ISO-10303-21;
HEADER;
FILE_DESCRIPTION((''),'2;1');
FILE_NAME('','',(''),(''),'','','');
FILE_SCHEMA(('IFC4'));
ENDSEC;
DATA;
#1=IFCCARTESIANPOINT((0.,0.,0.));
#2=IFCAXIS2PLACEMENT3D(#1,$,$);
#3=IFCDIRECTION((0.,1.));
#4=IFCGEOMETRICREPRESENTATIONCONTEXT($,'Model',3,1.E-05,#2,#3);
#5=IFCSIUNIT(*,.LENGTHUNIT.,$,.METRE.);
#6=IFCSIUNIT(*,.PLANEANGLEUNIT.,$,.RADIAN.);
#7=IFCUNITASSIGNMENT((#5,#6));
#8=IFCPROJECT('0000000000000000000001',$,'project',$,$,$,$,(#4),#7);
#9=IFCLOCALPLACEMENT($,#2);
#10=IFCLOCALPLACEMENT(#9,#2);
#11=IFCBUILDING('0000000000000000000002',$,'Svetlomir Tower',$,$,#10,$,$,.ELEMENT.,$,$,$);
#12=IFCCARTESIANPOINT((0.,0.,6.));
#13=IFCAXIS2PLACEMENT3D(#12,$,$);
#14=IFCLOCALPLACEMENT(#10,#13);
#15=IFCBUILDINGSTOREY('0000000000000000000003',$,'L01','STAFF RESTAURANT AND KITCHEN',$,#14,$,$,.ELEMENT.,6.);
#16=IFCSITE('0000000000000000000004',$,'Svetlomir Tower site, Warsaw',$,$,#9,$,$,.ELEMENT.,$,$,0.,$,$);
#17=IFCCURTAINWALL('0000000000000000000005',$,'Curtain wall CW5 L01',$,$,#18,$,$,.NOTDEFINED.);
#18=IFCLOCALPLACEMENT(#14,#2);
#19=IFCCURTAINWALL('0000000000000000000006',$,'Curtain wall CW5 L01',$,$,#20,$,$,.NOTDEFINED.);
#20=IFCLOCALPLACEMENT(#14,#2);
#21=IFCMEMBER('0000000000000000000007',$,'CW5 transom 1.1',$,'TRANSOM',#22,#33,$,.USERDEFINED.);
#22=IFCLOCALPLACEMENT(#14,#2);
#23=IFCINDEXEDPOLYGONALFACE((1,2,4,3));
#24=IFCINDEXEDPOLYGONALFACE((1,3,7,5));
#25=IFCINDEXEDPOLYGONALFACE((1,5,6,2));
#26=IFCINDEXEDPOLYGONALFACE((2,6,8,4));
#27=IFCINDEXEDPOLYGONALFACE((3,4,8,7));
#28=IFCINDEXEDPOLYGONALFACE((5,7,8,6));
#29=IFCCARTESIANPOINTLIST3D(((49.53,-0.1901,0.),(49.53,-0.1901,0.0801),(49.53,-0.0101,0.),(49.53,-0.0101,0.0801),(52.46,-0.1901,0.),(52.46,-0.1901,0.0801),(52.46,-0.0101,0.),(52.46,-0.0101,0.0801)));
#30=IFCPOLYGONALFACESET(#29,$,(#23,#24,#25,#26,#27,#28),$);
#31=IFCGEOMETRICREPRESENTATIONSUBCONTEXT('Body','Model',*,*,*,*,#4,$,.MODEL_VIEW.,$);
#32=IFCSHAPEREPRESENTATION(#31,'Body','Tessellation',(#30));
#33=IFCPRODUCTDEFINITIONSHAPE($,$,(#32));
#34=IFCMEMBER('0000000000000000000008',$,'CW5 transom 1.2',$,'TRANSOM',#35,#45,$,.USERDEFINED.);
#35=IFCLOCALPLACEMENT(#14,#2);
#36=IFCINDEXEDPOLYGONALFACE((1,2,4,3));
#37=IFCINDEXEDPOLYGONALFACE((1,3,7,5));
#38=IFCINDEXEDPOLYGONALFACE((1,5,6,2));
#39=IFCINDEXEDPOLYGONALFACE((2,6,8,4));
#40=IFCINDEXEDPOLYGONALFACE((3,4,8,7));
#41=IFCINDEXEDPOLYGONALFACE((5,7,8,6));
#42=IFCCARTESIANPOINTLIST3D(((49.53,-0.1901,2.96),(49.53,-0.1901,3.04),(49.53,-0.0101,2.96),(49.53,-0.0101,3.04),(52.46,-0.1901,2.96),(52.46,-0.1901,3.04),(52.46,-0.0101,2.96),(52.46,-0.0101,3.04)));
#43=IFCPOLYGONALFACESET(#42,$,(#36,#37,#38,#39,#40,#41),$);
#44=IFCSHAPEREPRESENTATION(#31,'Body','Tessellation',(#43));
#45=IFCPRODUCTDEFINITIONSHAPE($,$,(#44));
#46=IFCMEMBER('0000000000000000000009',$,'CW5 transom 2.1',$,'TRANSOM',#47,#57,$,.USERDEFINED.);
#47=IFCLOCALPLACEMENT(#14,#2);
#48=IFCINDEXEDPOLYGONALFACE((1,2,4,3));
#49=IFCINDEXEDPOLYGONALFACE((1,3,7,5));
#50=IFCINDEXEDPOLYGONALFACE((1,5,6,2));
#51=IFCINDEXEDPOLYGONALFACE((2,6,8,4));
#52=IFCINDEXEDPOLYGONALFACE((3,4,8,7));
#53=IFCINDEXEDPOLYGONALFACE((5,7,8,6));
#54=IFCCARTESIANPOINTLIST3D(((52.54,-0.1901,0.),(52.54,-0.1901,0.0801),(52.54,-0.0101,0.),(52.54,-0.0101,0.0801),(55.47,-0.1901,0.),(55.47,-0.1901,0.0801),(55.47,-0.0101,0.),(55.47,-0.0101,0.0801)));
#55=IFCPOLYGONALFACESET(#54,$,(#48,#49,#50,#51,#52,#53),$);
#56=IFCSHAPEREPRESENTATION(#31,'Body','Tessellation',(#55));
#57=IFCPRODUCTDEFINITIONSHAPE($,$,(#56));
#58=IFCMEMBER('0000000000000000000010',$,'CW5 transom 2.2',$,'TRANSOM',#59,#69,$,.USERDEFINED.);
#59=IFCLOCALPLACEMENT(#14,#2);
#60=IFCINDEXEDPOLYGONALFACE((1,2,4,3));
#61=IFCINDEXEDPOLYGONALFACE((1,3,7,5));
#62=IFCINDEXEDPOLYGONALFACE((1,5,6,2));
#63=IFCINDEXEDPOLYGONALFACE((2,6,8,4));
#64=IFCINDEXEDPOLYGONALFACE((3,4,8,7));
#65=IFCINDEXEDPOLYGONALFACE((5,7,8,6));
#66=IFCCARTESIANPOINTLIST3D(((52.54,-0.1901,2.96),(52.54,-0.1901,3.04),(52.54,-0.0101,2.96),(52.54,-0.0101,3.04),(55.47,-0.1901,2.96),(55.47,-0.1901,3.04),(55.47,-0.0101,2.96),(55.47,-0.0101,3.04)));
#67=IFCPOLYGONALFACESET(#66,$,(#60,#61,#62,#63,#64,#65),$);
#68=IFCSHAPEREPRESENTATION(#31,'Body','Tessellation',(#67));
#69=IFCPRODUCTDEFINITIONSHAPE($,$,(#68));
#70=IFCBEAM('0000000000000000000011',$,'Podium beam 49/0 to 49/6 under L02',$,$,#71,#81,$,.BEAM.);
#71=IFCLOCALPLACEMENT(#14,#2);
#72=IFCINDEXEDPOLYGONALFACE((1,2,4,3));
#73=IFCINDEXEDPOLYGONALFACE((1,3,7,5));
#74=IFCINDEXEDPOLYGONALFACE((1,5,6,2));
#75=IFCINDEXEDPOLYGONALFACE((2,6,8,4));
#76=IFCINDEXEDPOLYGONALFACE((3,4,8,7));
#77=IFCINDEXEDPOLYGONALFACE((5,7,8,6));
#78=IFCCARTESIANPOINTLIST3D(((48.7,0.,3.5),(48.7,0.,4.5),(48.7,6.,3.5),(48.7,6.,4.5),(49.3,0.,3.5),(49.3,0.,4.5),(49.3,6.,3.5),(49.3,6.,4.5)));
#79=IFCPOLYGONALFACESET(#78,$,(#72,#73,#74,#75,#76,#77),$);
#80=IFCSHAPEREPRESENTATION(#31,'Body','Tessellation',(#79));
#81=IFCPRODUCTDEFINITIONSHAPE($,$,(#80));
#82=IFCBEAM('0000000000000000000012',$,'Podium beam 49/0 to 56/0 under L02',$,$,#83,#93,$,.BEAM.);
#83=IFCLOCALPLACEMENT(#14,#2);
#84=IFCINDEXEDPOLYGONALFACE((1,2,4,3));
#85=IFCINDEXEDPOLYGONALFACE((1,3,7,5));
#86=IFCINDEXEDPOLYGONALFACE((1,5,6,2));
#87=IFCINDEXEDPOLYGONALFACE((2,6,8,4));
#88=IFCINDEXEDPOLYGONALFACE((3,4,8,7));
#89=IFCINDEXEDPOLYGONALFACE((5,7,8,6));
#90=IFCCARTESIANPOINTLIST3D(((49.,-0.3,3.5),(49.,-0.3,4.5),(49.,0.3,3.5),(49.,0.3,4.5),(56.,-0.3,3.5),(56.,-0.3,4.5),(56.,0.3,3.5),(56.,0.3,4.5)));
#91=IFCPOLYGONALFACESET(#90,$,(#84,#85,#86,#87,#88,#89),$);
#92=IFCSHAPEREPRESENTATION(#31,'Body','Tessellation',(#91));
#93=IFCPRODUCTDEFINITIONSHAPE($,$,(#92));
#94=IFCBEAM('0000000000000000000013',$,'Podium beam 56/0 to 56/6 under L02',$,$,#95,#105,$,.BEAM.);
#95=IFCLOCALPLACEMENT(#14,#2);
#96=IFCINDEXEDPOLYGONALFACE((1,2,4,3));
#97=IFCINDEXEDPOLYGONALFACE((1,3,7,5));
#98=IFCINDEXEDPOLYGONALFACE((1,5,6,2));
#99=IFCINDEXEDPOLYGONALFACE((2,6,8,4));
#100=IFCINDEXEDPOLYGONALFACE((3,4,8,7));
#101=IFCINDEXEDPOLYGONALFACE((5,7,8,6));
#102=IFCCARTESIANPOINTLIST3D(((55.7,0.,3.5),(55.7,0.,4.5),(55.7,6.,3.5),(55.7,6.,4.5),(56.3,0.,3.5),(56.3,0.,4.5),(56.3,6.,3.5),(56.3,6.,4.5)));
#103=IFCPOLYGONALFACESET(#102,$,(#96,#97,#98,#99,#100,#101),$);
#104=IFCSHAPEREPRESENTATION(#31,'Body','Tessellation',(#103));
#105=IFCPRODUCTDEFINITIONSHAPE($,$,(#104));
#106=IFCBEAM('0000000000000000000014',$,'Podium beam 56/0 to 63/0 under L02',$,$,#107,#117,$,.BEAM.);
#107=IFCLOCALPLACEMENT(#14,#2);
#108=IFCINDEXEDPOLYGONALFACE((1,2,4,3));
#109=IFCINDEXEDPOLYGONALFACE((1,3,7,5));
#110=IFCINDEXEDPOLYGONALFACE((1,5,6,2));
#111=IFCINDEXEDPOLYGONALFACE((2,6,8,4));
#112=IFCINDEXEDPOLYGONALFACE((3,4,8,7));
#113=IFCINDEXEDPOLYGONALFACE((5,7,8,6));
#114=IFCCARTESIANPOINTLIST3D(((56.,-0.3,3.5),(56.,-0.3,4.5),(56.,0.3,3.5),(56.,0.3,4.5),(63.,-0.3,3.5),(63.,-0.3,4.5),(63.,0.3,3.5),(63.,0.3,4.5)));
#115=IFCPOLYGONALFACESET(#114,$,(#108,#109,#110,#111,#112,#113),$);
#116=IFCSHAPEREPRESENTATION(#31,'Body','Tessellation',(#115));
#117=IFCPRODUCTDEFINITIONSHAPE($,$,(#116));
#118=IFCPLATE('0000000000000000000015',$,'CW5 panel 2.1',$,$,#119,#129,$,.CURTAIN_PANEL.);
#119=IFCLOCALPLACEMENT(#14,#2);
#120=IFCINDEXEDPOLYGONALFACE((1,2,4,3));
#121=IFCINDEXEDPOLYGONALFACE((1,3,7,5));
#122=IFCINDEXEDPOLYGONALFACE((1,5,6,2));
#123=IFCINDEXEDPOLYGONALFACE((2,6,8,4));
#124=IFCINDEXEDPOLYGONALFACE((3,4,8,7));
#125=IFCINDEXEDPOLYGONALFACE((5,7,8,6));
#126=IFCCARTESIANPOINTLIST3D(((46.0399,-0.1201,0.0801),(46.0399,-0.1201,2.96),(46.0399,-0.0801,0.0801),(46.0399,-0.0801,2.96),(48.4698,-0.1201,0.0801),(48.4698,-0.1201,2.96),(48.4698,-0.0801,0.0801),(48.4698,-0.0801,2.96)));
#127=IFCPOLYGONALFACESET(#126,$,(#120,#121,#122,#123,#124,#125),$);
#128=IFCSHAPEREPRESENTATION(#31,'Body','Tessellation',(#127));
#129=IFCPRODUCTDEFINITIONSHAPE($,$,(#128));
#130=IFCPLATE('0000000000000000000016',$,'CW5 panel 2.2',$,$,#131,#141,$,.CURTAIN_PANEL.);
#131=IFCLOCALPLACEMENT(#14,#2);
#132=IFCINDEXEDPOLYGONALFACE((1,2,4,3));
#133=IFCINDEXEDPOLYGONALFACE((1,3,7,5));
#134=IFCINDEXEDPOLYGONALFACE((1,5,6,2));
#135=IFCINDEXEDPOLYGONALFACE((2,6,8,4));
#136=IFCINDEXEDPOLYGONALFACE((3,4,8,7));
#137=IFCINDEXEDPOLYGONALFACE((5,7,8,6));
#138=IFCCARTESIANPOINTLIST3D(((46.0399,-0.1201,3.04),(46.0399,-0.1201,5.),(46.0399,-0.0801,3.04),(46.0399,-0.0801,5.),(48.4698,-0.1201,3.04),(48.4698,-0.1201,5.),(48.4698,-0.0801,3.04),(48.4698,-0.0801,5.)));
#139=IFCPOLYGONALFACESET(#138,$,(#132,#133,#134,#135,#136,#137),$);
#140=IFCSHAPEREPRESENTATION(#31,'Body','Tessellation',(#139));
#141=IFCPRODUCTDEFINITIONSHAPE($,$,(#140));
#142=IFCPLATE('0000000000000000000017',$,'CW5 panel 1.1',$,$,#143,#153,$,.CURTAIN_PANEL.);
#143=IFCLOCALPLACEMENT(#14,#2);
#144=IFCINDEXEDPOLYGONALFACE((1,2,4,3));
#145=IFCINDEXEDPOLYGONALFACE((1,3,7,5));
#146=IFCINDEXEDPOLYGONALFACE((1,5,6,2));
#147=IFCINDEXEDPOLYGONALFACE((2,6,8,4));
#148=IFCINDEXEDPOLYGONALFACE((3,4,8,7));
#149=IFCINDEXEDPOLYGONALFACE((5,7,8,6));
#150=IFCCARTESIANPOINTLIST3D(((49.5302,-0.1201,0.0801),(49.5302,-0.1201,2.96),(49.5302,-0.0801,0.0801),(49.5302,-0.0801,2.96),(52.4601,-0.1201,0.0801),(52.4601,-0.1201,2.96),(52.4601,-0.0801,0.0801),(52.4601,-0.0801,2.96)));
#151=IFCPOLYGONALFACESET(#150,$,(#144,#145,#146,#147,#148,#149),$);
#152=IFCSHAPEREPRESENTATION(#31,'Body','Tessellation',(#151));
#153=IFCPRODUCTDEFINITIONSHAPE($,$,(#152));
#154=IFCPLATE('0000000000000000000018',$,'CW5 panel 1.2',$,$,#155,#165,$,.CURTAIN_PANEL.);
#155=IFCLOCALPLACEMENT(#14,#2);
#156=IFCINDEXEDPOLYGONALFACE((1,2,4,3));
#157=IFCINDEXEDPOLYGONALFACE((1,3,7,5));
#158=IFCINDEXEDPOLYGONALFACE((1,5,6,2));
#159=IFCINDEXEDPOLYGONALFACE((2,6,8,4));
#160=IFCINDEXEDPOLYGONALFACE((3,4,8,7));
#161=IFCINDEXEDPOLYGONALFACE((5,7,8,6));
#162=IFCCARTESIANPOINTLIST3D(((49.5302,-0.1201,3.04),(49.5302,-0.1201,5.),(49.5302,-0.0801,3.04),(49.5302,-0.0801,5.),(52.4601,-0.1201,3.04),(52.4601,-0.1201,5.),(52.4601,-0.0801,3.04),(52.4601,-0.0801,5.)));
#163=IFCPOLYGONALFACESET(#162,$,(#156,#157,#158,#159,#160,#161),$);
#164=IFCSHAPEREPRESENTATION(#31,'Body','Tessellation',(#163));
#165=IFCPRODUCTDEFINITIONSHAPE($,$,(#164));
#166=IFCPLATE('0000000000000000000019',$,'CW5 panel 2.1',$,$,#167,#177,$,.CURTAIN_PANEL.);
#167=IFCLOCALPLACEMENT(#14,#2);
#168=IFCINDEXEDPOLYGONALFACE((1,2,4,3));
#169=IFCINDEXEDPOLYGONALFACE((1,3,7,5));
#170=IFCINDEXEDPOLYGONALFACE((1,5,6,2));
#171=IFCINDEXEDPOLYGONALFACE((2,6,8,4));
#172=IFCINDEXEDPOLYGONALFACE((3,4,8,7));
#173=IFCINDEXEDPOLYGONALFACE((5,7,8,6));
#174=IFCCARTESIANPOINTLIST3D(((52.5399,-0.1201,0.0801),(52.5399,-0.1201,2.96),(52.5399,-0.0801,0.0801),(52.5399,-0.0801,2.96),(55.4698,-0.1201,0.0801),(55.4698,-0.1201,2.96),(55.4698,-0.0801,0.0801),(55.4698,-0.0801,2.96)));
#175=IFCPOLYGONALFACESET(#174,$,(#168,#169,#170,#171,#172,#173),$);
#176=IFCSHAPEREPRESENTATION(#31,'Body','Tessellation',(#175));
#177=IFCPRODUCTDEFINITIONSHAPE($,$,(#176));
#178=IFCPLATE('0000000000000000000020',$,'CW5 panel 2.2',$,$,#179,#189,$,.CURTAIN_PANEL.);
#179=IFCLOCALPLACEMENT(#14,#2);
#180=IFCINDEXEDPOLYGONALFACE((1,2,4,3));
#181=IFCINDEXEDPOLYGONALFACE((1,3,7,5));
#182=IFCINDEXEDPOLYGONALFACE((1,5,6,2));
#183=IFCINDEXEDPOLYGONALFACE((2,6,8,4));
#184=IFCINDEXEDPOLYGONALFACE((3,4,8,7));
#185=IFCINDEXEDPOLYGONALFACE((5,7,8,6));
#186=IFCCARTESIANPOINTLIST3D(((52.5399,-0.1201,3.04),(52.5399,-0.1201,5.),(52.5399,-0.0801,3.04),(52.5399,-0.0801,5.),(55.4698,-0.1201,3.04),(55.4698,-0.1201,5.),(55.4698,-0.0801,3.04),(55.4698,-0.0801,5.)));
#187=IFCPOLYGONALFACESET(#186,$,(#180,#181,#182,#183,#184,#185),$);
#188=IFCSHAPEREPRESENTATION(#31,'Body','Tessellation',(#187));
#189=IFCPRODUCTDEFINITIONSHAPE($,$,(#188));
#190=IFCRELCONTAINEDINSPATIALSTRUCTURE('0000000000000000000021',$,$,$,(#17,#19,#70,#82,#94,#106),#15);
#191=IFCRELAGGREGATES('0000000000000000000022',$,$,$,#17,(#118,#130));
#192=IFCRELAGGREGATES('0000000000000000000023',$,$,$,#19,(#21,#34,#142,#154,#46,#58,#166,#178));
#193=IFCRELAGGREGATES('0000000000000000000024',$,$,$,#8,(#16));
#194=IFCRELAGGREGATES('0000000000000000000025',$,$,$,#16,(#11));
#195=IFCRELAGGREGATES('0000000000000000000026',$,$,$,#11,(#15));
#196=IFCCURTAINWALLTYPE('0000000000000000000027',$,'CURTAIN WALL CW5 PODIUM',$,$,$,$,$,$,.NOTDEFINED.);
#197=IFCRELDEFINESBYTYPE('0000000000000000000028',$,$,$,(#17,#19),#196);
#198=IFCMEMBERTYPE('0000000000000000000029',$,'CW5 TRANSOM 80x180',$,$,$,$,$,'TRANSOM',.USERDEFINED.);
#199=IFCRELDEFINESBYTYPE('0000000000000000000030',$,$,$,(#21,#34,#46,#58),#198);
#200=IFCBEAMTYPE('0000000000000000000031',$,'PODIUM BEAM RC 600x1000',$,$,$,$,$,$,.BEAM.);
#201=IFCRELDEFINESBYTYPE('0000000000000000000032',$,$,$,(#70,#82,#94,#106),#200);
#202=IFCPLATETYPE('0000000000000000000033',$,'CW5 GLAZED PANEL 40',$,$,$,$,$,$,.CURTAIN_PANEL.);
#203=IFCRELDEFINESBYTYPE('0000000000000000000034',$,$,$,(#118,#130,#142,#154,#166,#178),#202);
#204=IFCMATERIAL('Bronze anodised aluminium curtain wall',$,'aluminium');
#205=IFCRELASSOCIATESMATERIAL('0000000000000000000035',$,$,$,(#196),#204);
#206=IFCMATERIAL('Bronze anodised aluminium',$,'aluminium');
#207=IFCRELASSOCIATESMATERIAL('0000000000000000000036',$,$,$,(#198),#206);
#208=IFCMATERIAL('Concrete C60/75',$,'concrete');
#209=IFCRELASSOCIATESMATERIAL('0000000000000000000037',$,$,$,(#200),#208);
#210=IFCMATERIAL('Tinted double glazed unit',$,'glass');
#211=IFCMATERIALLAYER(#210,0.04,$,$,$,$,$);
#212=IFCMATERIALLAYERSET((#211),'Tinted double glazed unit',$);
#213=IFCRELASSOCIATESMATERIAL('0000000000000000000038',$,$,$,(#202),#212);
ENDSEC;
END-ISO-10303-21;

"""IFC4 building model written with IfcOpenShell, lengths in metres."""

from ifc_helpers import new_model, si_unit, direction, frame, origin, origin_2d, place, context, subcontext, project, spatial, rectangle, extrude, material, layer, layer_set, material_profile, profile_set, type_object, element, aggregate, save


model = new_model("IFC4")

# Units and contexts
model_context = context("Model", 3, precision=1e-05, world=origin(), true_north=direction((0.0, 1.0)))
body_context = subcontext(model_context, "Body", "Model", "MODEL_VIEW")
ifc_project = project(units=[si_unit("LENGTHUNIT", "METRE"), si_unit("PLANEANGLEUNIT", "RADIAN")], contexts=[model_context])

# Site, building, storey
site_placement = place(None, origin())
site = spatial("IfcSite", under=ifc_project, at=site_placement, Name="Svetlomir Tower site, Warsaw", CompositionType="ELEMENT", RefElevation=0.0)
building_placement = place(site_placement, origin())
building = spatial("IfcBuilding", under=site, at=building_placement, Name="Svetlomir Tower", CompositionType="ELEMENT")
storey_placement = place(building_placement, frame((0.0, 0.0, 6.0)))
storey = spatial("IfcBuildingStorey", under=building, at=storey_placement, Name="L01", Description="STAFF RESTAURANT AND KITCHEN", CompositionType="ELEMENT", Elevation=6.0)

# Curtain walls
ifc_material_1 = material(Name="Bronze anodised aluminium curtain wall", Category="aluminium")
curtain_wall_type = type_object("IfcCurtainWallType", Name="CURTAIN WALL CW5 PODIUM", PredefinedType="NOTDEFINED", material=ifc_material_1)
curtain_wall_1_placement = place(storey_placement, origin())
curtain_wall_1 = element("IfcCurtainWall", 1, at=curtain_wall_1_placement, inside=storey, type_object=curtain_wall_type, Name="Curtain wall CW5 L01", PredefinedType="NOTDEFINED")
curtain_wall_2_placement = place(storey_placement, origin())
curtain_wall_2 = element("IfcCurtainWall", 2, at=curtain_wall_2_placement, inside=storey, type_object=curtain_wall_type, Name="Curtain wall CW5 L01", PredefinedType="NOTDEFINED")

# Members
ifc_material_2 = material(Name="Bronze anodised aluminium", Category="aluminium")
ifc_material_profile_1 = material_profile(ifc_material_2, rectangle(XDim=0.1799, YDim=0.0801, at=origin_2d()), Name="AL 180x80")
ifc_profile_set_1 = profile_set([ifc_material_profile_1], Name="Bronze anodised aluminium 6063-T6")
member_type_1 = type_object("IfcMemberType", Name="CW5 TRANSOM 80x180", ElementType="TRANSOM", PredefinedType="USERDEFINED", material=ifc_profile_set_1)
member_1_placement = place(storey_placement, frame((49.53, -0.1001, 0.04), z_axis=(1.0, 0.0, 0.0), x_axis=(0.0, 1.0, 0.0)))
member_1 = element("IfcMember", 3, at=member_1_placement, type_object=member_type_1, Name="CW5 transom 1.1", ObjectType="TRANSOM", PredefinedType="USERDEFINED", context=body_context, shape_type="SweptSolid", body=[
    extrude(rectangle(XDim=0.1799, YDim=0.0801, at=origin_2d()), origin(), (0.0, 0.0, 1.0), 2.9299),
])
member_2_placement = place(storey_placement, frame((49.53, -0.1001, 3.0), z_axis=(1.0, 0.0, 0.0), x_axis=(0.0, 1.0, 0.0)))
member_2 = element("IfcMember", 4, at=member_2_placement, type_object=member_type_1, Name="CW5 transom 1.2", ObjectType="TRANSOM", PredefinedType="USERDEFINED", context=body_context, shape_type="SweptSolid", body=[
    extrude(rectangle(XDim=0.1799, YDim=0.0801, at=origin_2d()), origin(), (0.0, 0.0, 1.0), 2.9299),
])
member_3_placement = place(storey_placement, frame((52.54, -0.1001, 0.04), z_axis=(1.0, 0.0, 0.0), x_axis=(0.0, 1.0, 0.0)))
member_3 = element("IfcMember", 5, at=member_3_placement, type_object=member_type_1, Name="CW5 transom 2.1", ObjectType="TRANSOM", PredefinedType="USERDEFINED", context=body_context, shape_type="SweptSolid", body=[
    extrude(rectangle(XDim=0.1799, YDim=0.0801, at=origin_2d()), origin(), (0.0, 0.0, 1.0), 2.9299),
])
member_4_placement = place(storey_placement, frame((52.54, -0.1001, 3.0), z_axis=(1.0, 0.0, 0.0), x_axis=(0.0, 1.0, 0.0)))
member_4 = element("IfcMember", 6, at=member_4_placement, type_object=member_type_1, Name="CW5 transom 2.2", ObjectType="TRANSOM", PredefinedType="USERDEFINED", context=body_context, shape_type="SweptSolid", body=[
    extrude(rectangle(XDim=0.1799, YDim=0.0801, at=origin_2d()), origin(), (0.0, 0.0, 1.0), 2.9299),
])

# Beams
ifc_material_3 = material(Name="Concrete C60/75", Category="concrete")
ifc_material_profile_2 = material_profile(ifc_material_3, rectangle(XDim=0.6001, YDim=1.0, at=origin_2d()), Name="RC 600x1000")
ifc_profile_set_2 = profile_set([ifc_material_profile_2], Name="Concrete C60/75")
beam_type = type_object("IfcBeamType", Name="PODIUM BEAM RC 600x1000", PredefinedType="BEAM", material=ifc_profile_set_2)
beam_1_placement = place(storey_placement, frame((49.0, 0.0, 4.0), z_axis=(0.0, 1.0, 0.0), x_axis=(-1.0, 0.0, 0.0)))
element("IfcBeam", 7, at=beam_1_placement, inside=storey, type_object=beam_type, Name="Podium beam 49/0 to 49/6 under L02", PredefinedType="BEAM", context=body_context, shape_type="SweptSolid", body=[
    extrude(rectangle(XDim=0.6001, YDim=1.0, at=origin_2d()), origin(), (0.0, 0.0, 1.0), 6.0),
])
beam_2_placement = place(storey_placement, frame((49.0, 0.0, 4.0), z_axis=(1.0, 0.0, 0.0), x_axis=(0.0, 1.0, 0.0)))
element("IfcBeam", 8, at=beam_2_placement, inside=storey, type_object=beam_type, Name="Podium beam 49/0 to 56/0 under L02", PredefinedType="BEAM", context=body_context, shape_type="SweptSolid", body=[
    extrude(rectangle(XDim=0.6001, YDim=1.0, at=origin_2d()), origin(), (0.0, 0.0, 1.0), 7.0),
])
beam_3_placement = place(storey_placement, frame((56.0, 0.0, 4.0), z_axis=(0.0, 1.0, 0.0), x_axis=(-1.0, 0.0, 0.0)))
element("IfcBeam", 9, at=beam_3_placement, inside=storey, type_object=beam_type, Name="Podium beam 56/0 to 56/6 under L02", PredefinedType="BEAM", context=body_context, shape_type="SweptSolid", body=[
    extrude(rectangle(XDim=0.6001, YDim=1.0, at=origin_2d()), origin(), (0.0, 0.0, 1.0), 6.0),
])
beam_4_placement = place(storey_placement, frame((56.0, 0.0, 4.0), z_axis=(1.0, 0.0, 0.0), x_axis=(0.0, 1.0, 0.0)))
element("IfcBeam", 10, at=beam_4_placement, inside=storey, type_object=beam_type, Name="Podium beam 56/0 to 63/0 under L02", PredefinedType="BEAM", context=body_context, shape_type="SweptSolid", body=[
    extrude(rectangle(XDim=0.6001, YDim=1.0, at=origin_2d()), origin(), (0.0, 0.0, 1.0), 7.0),
])

# Plates
ifc_material_4 = material(Name="Tinted double glazed unit", Category="glass")
ifc_layer = layer(ifc_material_4, 0.04)
ifc_layer_set = layer_set([ifc_layer], Name="Tinted double glazed unit")
plate_type = type_object("IfcPlateType", Name="CW5 GLAZED PANEL 40", PredefinedType="CURTAIN_PANEL", material=ifc_layer_set)
plate_1_placement = place(storey_placement, frame((47.2549, -0.1001, 0.0801), z_axis=(0.0, 0.0, 1.0), x_axis=(1.0, 0.0, 0.0)))
plate_1 = element("IfcPlate", 11, at=plate_1_placement, type_object=plate_type, Name="CW5 panel 2.1", PredefinedType="CURTAIN_PANEL", context=body_context, shape_type="SweptSolid", body=[
    extrude(rectangle(XDim=2.4299, YDim=0.04, at=origin_2d()), origin(), (0.0, 0.0, 1.0), 2.8799),
])
plate_2_placement = place(storey_placement, frame((47.2549, -0.1001, 3.04), z_axis=(0.0, 0.0, 1.0), x_axis=(1.0, 0.0, 0.0)))
plate_2 = element("IfcPlate", 12, at=plate_2_placement, type_object=plate_type, Name="CW5 panel 2.2", PredefinedType="CURTAIN_PANEL", context=body_context, shape_type="SweptSolid", body=[
    extrude(rectangle(XDim=2.4299, YDim=0.04, at=origin_2d()), origin(), (0.0, 0.0, 1.0), 1.96),
])
aggregate(curtain_wall_1, [plate_1, plate_2])
plate_3_placement = place(storey_placement, frame((50.9951, -0.1001, 0.0801), z_axis=(0.0, 0.0, 1.0), x_axis=(1.0, 0.0, 0.0)))
plate_3 = element("IfcPlate", 13, at=plate_3_placement, type_object=plate_type, Name="CW5 panel 1.1", PredefinedType="CURTAIN_PANEL", context=body_context, shape_type="SweptSolid", body=[
    extrude(rectangle(XDim=2.9299, YDim=0.04, at=origin_2d()), origin(), (0.0, 0.0, 1.0), 2.8799),
])
plate_4_placement = place(storey_placement, frame((50.9951, -0.1001, 3.04), z_axis=(0.0, 0.0, 1.0), x_axis=(1.0, 0.0, 0.0)))
plate_4 = element("IfcPlate", 14, at=plate_4_placement, type_object=plate_type, Name="CW5 panel 1.2", PredefinedType="CURTAIN_PANEL", context=body_context, shape_type="SweptSolid", body=[
    extrude(rectangle(XDim=2.9299, YDim=0.04, at=origin_2d()), origin(), (0.0, 0.0, 1.0), 1.96),
])
plate_5_placement = place(storey_placement, frame((54.0049, -0.1001, 0.0801), z_axis=(0.0, 0.0, 1.0), x_axis=(1.0, 0.0, 0.0)))
plate_5 = element("IfcPlate", 15, at=plate_5_placement, type_object=plate_type, Name="CW5 panel 2.1", PredefinedType="CURTAIN_PANEL", context=body_context, shape_type="SweptSolid", body=[
    extrude(rectangle(XDim=2.9299, YDim=0.04, at=origin_2d()), origin(), (0.0, 0.0, 1.0), 2.8799),
])
plate_6_placement = place(storey_placement, frame((54.0049, -0.1001, 3.04), z_axis=(0.0, 0.0, 1.0), x_axis=(1.0, 0.0, 0.0)))
plate_6 = element("IfcPlate", 16, at=plate_6_placement, type_object=plate_type, Name="CW5 panel 2.2", PredefinedType="CURTAIN_PANEL", context=body_context, shape_type="SweptSolid", body=[
    extrude(rectangle(XDim=2.9299, YDim=0.04, at=origin_2d()), origin(), (0.0, 0.0, 1.0), 1.96),
])
aggregate(curtain_wall_2, [member_1, member_2, plate_3, plate_4, member_3, member_4, plate_5, plate_6])

save(model, "model.ifc")
